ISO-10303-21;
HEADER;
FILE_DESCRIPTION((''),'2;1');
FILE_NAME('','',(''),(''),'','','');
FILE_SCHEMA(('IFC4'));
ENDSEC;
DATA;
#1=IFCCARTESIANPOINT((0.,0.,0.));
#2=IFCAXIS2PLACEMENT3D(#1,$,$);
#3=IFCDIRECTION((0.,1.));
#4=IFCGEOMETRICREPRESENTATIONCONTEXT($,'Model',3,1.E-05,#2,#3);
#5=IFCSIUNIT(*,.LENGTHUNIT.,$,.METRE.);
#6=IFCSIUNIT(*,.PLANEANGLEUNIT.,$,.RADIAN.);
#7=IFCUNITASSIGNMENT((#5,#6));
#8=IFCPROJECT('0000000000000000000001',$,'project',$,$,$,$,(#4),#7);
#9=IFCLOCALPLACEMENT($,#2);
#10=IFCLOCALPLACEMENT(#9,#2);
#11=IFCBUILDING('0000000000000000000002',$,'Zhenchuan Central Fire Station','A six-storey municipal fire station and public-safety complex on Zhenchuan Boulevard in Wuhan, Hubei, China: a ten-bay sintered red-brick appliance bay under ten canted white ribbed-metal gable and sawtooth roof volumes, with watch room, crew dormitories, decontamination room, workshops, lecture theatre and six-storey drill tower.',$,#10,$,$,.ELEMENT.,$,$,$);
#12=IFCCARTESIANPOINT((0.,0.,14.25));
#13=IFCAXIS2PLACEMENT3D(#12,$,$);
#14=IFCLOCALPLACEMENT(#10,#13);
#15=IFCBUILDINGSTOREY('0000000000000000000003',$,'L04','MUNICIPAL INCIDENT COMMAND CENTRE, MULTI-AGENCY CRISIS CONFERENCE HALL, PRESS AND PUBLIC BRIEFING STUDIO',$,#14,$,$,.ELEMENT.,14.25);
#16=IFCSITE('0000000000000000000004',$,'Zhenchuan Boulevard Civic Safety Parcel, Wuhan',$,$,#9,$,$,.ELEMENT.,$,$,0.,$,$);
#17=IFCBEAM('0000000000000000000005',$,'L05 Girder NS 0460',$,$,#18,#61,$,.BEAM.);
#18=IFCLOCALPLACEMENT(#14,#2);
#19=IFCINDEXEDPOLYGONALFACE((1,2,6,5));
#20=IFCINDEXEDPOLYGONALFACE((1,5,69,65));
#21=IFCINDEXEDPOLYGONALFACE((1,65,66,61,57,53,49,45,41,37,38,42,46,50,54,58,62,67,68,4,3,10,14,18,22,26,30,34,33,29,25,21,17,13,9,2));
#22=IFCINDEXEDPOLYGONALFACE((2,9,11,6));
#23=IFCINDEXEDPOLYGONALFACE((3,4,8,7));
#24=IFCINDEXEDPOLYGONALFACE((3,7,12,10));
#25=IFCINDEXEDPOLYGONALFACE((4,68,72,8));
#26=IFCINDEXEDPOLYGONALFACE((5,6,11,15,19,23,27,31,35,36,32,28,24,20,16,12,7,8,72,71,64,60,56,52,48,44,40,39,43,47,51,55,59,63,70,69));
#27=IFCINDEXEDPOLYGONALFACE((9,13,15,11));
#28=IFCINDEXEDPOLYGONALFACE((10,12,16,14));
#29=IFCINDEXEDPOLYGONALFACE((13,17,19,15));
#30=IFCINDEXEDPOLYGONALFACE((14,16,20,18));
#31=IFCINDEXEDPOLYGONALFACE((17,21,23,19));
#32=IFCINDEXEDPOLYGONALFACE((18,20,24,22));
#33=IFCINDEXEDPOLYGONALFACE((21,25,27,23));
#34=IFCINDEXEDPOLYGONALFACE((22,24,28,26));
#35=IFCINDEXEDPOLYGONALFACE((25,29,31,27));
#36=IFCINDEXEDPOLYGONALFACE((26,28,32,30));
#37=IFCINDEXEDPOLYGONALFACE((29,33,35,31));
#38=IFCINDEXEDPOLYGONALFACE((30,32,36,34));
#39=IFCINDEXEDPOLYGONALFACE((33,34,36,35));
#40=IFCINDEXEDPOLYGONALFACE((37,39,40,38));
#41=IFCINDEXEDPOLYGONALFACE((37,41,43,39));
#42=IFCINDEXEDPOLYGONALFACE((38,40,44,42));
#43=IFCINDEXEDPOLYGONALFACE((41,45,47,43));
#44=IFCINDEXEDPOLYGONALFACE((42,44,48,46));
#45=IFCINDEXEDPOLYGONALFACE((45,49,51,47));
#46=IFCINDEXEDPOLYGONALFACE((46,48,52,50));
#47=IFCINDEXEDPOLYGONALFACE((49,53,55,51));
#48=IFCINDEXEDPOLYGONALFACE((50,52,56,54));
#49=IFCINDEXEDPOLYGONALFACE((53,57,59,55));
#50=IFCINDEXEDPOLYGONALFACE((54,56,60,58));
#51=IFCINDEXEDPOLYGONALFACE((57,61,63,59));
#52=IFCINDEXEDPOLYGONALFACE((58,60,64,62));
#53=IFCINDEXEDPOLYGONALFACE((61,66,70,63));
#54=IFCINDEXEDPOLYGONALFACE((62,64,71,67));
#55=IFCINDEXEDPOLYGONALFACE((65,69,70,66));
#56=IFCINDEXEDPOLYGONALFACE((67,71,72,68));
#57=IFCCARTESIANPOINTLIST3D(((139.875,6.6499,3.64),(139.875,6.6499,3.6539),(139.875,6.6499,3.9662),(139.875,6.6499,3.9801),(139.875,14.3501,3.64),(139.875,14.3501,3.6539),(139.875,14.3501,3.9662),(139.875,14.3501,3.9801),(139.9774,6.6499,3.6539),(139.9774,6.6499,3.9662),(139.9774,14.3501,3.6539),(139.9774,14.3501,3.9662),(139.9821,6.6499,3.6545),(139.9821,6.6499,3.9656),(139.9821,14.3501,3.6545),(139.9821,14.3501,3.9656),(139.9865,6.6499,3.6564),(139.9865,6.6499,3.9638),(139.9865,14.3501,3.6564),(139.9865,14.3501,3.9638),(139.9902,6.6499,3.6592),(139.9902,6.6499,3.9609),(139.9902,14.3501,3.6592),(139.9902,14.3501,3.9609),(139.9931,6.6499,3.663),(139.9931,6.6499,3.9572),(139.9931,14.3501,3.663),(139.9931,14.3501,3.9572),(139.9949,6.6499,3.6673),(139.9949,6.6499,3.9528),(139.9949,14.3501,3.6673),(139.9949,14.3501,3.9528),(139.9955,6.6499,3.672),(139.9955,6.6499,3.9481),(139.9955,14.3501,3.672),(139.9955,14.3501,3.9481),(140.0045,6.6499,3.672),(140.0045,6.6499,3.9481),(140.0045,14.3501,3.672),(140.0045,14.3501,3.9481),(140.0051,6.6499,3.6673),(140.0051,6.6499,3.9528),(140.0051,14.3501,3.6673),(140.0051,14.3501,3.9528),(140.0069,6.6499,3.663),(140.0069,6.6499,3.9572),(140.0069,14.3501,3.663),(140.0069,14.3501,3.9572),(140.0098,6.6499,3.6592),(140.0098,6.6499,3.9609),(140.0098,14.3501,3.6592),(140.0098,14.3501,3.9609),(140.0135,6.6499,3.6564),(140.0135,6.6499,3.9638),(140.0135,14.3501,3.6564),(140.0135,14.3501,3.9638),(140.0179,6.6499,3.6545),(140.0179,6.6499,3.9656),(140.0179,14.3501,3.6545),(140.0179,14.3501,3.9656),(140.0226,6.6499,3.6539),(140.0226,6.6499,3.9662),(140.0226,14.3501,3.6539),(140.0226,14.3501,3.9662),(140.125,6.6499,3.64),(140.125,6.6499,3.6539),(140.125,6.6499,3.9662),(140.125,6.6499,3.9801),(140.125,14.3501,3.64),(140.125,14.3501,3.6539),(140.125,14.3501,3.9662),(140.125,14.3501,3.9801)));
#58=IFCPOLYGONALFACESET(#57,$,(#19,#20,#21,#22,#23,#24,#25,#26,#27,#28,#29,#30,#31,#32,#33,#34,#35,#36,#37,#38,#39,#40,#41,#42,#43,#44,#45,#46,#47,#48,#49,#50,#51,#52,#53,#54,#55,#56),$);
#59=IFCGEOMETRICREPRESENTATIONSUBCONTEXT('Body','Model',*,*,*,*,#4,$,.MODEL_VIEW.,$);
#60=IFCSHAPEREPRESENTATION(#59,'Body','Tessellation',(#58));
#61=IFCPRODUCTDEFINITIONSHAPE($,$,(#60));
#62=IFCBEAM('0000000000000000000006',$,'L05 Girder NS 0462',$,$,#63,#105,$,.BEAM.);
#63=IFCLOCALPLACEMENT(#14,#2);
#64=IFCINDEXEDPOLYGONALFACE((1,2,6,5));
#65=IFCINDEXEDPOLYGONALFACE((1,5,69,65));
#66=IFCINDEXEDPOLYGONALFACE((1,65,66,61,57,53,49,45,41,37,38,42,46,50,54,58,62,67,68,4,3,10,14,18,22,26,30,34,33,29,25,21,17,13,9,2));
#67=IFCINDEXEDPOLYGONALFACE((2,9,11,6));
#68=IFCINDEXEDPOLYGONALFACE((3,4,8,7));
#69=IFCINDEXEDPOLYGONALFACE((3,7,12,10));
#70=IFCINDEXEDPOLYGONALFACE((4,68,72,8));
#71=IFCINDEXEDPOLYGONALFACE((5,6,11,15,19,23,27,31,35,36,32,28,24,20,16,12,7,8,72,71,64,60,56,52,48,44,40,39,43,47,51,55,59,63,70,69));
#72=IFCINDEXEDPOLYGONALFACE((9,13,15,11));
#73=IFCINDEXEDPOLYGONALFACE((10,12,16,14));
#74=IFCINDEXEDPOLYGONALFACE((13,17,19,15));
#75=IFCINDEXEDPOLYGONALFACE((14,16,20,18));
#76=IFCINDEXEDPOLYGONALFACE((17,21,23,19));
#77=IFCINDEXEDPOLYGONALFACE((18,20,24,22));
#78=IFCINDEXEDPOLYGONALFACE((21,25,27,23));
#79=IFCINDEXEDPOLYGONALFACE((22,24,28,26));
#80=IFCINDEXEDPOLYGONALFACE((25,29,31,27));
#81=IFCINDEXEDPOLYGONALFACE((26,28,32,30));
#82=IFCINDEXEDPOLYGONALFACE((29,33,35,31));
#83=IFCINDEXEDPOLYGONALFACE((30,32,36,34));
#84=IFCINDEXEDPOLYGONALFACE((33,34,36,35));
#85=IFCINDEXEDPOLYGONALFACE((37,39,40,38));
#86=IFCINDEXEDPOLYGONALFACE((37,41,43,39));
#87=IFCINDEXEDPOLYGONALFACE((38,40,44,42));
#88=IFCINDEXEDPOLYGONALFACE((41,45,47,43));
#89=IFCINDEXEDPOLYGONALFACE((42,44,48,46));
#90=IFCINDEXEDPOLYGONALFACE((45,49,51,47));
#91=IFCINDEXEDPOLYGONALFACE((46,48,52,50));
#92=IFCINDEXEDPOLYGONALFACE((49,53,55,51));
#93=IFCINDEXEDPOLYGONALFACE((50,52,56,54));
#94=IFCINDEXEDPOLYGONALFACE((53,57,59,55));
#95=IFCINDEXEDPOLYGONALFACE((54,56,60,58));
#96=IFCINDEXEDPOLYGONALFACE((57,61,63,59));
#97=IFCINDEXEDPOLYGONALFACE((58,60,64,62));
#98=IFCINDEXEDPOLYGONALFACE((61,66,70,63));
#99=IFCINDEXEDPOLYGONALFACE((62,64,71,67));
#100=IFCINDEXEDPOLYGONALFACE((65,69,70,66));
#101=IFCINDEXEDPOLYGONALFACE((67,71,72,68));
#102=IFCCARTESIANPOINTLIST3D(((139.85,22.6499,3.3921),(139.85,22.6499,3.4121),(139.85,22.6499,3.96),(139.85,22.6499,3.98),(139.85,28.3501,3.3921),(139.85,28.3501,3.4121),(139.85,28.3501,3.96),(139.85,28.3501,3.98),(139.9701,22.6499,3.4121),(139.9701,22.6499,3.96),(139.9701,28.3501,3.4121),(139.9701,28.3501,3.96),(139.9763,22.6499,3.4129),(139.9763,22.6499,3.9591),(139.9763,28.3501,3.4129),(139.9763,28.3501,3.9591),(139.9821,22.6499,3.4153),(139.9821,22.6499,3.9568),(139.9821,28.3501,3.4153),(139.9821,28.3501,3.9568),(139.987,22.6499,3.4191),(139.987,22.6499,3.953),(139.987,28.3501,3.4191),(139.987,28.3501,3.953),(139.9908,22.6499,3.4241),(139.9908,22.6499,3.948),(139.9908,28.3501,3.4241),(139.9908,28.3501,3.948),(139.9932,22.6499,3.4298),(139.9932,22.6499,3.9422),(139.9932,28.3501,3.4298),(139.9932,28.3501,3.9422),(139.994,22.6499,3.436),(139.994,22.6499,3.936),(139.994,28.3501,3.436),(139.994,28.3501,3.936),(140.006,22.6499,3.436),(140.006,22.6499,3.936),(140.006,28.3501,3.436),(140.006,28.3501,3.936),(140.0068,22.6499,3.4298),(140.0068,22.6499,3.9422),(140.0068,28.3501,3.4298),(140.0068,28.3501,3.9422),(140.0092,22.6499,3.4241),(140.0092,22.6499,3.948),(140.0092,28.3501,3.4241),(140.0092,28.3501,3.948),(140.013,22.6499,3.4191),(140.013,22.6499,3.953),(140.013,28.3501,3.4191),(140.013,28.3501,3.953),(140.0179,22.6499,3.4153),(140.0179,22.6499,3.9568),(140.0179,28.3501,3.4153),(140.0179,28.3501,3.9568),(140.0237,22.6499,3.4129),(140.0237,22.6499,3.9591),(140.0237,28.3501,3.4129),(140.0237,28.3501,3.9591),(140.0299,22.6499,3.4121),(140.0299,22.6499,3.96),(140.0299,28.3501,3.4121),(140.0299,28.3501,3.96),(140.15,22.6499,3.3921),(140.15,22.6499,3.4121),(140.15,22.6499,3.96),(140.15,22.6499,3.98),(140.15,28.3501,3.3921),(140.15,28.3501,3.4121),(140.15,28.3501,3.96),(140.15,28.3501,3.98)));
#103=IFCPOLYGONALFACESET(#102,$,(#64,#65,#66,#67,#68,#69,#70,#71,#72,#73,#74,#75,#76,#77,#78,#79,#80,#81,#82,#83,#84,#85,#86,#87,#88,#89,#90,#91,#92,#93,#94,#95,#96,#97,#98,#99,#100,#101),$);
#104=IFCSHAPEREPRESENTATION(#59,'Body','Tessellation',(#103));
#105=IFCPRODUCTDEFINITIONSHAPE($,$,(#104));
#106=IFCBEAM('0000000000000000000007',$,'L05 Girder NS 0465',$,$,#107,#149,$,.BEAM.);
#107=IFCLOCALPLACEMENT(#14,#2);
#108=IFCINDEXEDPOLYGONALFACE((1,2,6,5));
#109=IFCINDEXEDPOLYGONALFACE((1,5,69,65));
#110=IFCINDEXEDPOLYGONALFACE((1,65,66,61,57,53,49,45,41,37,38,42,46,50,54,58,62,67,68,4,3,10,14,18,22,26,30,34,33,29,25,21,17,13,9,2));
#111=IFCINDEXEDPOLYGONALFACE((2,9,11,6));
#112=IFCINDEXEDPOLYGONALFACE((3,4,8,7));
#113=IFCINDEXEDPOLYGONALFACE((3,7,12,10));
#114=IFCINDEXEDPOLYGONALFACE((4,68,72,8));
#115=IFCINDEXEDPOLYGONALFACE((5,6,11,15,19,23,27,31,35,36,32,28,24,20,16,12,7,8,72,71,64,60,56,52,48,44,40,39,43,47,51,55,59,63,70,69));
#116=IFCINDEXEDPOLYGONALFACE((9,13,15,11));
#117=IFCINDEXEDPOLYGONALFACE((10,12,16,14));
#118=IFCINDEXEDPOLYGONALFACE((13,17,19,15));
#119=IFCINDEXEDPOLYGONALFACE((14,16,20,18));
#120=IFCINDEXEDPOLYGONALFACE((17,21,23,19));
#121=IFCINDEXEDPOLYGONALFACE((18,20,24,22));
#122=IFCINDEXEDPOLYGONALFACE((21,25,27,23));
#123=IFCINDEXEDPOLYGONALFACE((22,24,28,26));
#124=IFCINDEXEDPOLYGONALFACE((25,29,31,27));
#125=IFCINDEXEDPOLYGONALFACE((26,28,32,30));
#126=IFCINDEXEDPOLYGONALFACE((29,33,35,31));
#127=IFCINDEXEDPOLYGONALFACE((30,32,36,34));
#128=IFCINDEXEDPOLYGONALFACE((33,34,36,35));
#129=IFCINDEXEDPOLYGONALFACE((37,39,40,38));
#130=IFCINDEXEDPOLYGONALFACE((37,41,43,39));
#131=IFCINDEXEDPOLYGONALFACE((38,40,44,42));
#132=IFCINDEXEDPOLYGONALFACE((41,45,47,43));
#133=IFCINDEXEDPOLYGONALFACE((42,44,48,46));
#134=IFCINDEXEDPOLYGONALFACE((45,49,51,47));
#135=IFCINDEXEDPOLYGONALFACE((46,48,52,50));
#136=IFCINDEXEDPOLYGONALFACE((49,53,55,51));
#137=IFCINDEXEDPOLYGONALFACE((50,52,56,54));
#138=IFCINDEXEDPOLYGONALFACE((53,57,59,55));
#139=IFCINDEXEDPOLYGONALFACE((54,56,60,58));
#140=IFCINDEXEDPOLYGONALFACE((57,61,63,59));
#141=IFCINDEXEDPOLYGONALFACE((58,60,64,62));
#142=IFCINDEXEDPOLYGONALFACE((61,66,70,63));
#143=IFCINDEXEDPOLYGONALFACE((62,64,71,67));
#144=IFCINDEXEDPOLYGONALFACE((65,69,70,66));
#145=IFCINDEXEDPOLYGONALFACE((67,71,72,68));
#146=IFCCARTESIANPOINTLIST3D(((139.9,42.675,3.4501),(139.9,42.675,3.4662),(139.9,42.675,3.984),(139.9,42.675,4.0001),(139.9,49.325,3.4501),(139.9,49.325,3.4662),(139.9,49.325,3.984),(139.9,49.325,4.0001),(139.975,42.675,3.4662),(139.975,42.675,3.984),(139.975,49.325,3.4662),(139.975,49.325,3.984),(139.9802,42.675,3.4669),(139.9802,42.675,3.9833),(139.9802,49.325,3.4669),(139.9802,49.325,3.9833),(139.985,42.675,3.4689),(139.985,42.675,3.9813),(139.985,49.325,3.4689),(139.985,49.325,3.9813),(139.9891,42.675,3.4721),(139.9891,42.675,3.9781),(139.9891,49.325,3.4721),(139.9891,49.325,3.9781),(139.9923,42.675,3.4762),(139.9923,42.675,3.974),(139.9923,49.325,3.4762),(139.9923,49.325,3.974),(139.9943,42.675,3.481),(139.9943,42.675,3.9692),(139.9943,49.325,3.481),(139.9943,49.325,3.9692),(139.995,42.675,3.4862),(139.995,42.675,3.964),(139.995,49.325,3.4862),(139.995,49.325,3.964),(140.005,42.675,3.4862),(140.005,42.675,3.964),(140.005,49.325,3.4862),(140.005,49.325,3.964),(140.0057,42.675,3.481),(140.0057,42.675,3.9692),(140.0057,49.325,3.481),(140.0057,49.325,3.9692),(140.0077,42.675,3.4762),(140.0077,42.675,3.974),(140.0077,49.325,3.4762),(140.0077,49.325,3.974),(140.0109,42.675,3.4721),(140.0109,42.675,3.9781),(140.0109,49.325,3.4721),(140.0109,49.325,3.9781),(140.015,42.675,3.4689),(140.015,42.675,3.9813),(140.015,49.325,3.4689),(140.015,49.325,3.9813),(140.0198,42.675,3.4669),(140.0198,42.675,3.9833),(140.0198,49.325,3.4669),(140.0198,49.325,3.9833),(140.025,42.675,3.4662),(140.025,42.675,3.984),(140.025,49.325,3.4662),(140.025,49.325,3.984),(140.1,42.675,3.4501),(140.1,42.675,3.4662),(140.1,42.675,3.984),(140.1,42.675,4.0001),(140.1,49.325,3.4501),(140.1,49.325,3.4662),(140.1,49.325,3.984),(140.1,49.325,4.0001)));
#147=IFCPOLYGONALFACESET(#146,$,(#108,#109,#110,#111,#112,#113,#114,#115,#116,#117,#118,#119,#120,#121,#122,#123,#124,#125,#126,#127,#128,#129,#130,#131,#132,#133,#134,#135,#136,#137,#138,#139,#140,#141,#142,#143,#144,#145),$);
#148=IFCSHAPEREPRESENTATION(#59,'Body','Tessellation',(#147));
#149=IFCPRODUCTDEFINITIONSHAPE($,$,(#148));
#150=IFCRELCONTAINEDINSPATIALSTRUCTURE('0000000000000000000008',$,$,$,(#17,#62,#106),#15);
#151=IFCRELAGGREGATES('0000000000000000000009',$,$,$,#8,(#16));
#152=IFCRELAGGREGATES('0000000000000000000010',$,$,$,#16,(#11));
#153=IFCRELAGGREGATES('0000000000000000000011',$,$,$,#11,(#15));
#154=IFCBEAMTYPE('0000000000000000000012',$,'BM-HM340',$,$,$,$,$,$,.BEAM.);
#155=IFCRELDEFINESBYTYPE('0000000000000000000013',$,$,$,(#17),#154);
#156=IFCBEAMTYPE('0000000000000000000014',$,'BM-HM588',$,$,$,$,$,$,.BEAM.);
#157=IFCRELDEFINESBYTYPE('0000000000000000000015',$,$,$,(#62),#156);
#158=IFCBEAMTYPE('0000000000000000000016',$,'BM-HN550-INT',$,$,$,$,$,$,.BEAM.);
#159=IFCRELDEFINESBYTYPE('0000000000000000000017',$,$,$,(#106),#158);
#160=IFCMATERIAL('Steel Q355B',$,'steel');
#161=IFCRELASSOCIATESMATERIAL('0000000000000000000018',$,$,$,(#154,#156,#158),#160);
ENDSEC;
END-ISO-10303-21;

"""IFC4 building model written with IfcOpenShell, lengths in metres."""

from ifc_helpers import new_model, si_unit, direction, frame, origin, origin_2d, place, context, subcontext, project, spatial, i_section, extrude, material, material_profile, profile_set, type_object, element, save


model = new_model("IFC4")

# Units and contexts
model_context = context("Model", 3, precision=1e-05, world=origin(), true_north=direction((0.0, 1.0)))
body_context = subcontext(model_context, "Body", "Model", "MODEL_VIEW")
ifc_project = project(units=[si_unit("LENGTHUNIT", "METRE"), si_unit("PLANEANGLEUNIT", "RADIAN")], contexts=[model_context])

# Site, building, storey
site_placement = place(None, origin())
site = spatial("IfcSite", under=ifc_project, at=site_placement, Name="Zhenchuan Boulevard Civic Safety Parcel, Wuhan", CompositionType="ELEMENT", RefElevation=0.0)
building_placement = place(site_placement, origin())
building = spatial("IfcBuilding", under=site, at=building_placement, Name="Zhenchuan Central Fire Station", Description="A six-storey municipal fire station and public-safety complex on Zhenchuan Boulevard in Wuhan, Hubei, China: a ten-bay sintered red-brick appliance bay under ten canted white ribbed-metal gable and sawtooth roof volumes, with watch room, crew dormitories, decontamination room, workshops, lecture theatre and six-storey drill tower.", CompositionType="ELEMENT")
storey_placement = place(building_placement, frame((0.0, 0.0, 14.25)))
storey = spatial("IfcBuildingStorey", under=building, at=storey_placement, Name="L04", Description="MUNICIPAL INCIDENT COMMAND CENTRE, MULTI-AGENCY CRISIS CONFERENCE HALL, PRESS AND PUBLIC BRIEFING STUDIO", CompositionType="ELEMENT", Elevation=14.25)

# Shared definitions
ifc_material_1 = material(Name="Steel Q355B", Category="steel")

# Beams
ifc_material_profile_1 = material_profile(ifc_material_1, i_section(OverallWidth=0.25, OverallDepth=0.3401, WebThickness=0.009, FlangeThickness=0.0139, FilletRadius=0.0181, at=origin_2d()), Name="HM 340x250")
ifc_profile_set_1 = profile_set([ifc_material_profile_1], Name="Steel Q355B")
beam_type_1 = type_object("IfcBeamType", Name="BM-HM340", PredefinedType="BEAM", material=ifc_profile_set_1)
beam_1_placement = place(storey_placement, frame((140.0, 6.6499, 3.8101), z_axis=(0.0, 1.0, 0.0), x_axis=(-1.0, 0.0, 0.0)))
element("IfcBeam", 1, at=beam_1_placement, inside=storey, type_object=beam_type_1, Name="L05 Girder NS 0460", PredefinedType="BEAM", context=body_context, shape_type="SweptSolid", body=[
    extrude(i_section(OverallWidth=0.25, OverallDepth=0.3401, WebThickness=0.009, FlangeThickness=0.0139, FilletRadius=0.0181, at=origin_2d()), origin(), (0.0, 0.0, 1.0), 7.7002),
])
ifc_material_profile_2 = material_profile(ifc_material_1, i_section(OverallWidth=0.3, OverallDepth=0.5879, WebThickness=0.012, FlangeThickness=0.02, FilletRadius=0.0239, at=origin_2d()), Name="HM 588x300")
ifc_profile_set_2 = profile_set([ifc_material_profile_2], Name="Steel Q355B")
beam_type_2 = type_object("IfcBeamType", Name="BM-HM588", PredefinedType="BEAM", material=ifc_profile_set_2)
beam_2_placement = place(storey_placement, frame((140.0, 22.6499, 3.686), z_axis=(0.0, 1.0, 0.0), x_axis=(-1.0, 0.0, 0.0)))
element("IfcBeam", 2, at=beam_2_placement, inside=storey, type_object=beam_type_2, Name="L05 Girder NS 0462", PredefinedType="BEAM", context=body_context, shape_type="SweptSolid", body=[
    extrude(i_section(OverallWidth=0.3, OverallDepth=0.5879, WebThickness=0.012, FlangeThickness=0.02, FilletRadius=0.0239, at=origin_2d()), origin(), (0.0, 0.0, 1.0), 5.7002),
])
ifc_material_profile_3 = material_profile(ifc_material_1, i_section(OverallWidth=0.2, OverallDepth=0.55, WebThickness=0.01, FlangeThickness=0.0161, FilletRadius=0.02, at=origin_2d()), Name="HN 550x200")
ifc_profile_set_3 = profile_set([ifc_material_profile_3], Name="Steel Q355B")
beam_type_3 = type_object("IfcBeamType", Name="BM-HN550-INT", PredefinedType="BEAM", material=ifc_profile_set_3)
beam_3_placement = place(storey_placement, frame((140.0, 42.675, 3.7251), z_axis=(0.0, 1.0, 0.0), x_axis=(-1.0, 0.0, 0.0)))
element("IfcBeam", 3, at=beam_3_placement, inside=storey, type_object=beam_type_3, Name="L05 Girder NS 0465", PredefinedType="BEAM", context=body_context, shape_type="SweptSolid", body=[
    extrude(i_section(OverallWidth=0.2, OverallDepth=0.55, WebThickness=0.01, FlangeThickness=0.0161, FilletRadius=0.02, at=origin_2d()), origin(), (0.0, 0.0, 1.0), 6.6499),
])

save(model, "model.ifc")
